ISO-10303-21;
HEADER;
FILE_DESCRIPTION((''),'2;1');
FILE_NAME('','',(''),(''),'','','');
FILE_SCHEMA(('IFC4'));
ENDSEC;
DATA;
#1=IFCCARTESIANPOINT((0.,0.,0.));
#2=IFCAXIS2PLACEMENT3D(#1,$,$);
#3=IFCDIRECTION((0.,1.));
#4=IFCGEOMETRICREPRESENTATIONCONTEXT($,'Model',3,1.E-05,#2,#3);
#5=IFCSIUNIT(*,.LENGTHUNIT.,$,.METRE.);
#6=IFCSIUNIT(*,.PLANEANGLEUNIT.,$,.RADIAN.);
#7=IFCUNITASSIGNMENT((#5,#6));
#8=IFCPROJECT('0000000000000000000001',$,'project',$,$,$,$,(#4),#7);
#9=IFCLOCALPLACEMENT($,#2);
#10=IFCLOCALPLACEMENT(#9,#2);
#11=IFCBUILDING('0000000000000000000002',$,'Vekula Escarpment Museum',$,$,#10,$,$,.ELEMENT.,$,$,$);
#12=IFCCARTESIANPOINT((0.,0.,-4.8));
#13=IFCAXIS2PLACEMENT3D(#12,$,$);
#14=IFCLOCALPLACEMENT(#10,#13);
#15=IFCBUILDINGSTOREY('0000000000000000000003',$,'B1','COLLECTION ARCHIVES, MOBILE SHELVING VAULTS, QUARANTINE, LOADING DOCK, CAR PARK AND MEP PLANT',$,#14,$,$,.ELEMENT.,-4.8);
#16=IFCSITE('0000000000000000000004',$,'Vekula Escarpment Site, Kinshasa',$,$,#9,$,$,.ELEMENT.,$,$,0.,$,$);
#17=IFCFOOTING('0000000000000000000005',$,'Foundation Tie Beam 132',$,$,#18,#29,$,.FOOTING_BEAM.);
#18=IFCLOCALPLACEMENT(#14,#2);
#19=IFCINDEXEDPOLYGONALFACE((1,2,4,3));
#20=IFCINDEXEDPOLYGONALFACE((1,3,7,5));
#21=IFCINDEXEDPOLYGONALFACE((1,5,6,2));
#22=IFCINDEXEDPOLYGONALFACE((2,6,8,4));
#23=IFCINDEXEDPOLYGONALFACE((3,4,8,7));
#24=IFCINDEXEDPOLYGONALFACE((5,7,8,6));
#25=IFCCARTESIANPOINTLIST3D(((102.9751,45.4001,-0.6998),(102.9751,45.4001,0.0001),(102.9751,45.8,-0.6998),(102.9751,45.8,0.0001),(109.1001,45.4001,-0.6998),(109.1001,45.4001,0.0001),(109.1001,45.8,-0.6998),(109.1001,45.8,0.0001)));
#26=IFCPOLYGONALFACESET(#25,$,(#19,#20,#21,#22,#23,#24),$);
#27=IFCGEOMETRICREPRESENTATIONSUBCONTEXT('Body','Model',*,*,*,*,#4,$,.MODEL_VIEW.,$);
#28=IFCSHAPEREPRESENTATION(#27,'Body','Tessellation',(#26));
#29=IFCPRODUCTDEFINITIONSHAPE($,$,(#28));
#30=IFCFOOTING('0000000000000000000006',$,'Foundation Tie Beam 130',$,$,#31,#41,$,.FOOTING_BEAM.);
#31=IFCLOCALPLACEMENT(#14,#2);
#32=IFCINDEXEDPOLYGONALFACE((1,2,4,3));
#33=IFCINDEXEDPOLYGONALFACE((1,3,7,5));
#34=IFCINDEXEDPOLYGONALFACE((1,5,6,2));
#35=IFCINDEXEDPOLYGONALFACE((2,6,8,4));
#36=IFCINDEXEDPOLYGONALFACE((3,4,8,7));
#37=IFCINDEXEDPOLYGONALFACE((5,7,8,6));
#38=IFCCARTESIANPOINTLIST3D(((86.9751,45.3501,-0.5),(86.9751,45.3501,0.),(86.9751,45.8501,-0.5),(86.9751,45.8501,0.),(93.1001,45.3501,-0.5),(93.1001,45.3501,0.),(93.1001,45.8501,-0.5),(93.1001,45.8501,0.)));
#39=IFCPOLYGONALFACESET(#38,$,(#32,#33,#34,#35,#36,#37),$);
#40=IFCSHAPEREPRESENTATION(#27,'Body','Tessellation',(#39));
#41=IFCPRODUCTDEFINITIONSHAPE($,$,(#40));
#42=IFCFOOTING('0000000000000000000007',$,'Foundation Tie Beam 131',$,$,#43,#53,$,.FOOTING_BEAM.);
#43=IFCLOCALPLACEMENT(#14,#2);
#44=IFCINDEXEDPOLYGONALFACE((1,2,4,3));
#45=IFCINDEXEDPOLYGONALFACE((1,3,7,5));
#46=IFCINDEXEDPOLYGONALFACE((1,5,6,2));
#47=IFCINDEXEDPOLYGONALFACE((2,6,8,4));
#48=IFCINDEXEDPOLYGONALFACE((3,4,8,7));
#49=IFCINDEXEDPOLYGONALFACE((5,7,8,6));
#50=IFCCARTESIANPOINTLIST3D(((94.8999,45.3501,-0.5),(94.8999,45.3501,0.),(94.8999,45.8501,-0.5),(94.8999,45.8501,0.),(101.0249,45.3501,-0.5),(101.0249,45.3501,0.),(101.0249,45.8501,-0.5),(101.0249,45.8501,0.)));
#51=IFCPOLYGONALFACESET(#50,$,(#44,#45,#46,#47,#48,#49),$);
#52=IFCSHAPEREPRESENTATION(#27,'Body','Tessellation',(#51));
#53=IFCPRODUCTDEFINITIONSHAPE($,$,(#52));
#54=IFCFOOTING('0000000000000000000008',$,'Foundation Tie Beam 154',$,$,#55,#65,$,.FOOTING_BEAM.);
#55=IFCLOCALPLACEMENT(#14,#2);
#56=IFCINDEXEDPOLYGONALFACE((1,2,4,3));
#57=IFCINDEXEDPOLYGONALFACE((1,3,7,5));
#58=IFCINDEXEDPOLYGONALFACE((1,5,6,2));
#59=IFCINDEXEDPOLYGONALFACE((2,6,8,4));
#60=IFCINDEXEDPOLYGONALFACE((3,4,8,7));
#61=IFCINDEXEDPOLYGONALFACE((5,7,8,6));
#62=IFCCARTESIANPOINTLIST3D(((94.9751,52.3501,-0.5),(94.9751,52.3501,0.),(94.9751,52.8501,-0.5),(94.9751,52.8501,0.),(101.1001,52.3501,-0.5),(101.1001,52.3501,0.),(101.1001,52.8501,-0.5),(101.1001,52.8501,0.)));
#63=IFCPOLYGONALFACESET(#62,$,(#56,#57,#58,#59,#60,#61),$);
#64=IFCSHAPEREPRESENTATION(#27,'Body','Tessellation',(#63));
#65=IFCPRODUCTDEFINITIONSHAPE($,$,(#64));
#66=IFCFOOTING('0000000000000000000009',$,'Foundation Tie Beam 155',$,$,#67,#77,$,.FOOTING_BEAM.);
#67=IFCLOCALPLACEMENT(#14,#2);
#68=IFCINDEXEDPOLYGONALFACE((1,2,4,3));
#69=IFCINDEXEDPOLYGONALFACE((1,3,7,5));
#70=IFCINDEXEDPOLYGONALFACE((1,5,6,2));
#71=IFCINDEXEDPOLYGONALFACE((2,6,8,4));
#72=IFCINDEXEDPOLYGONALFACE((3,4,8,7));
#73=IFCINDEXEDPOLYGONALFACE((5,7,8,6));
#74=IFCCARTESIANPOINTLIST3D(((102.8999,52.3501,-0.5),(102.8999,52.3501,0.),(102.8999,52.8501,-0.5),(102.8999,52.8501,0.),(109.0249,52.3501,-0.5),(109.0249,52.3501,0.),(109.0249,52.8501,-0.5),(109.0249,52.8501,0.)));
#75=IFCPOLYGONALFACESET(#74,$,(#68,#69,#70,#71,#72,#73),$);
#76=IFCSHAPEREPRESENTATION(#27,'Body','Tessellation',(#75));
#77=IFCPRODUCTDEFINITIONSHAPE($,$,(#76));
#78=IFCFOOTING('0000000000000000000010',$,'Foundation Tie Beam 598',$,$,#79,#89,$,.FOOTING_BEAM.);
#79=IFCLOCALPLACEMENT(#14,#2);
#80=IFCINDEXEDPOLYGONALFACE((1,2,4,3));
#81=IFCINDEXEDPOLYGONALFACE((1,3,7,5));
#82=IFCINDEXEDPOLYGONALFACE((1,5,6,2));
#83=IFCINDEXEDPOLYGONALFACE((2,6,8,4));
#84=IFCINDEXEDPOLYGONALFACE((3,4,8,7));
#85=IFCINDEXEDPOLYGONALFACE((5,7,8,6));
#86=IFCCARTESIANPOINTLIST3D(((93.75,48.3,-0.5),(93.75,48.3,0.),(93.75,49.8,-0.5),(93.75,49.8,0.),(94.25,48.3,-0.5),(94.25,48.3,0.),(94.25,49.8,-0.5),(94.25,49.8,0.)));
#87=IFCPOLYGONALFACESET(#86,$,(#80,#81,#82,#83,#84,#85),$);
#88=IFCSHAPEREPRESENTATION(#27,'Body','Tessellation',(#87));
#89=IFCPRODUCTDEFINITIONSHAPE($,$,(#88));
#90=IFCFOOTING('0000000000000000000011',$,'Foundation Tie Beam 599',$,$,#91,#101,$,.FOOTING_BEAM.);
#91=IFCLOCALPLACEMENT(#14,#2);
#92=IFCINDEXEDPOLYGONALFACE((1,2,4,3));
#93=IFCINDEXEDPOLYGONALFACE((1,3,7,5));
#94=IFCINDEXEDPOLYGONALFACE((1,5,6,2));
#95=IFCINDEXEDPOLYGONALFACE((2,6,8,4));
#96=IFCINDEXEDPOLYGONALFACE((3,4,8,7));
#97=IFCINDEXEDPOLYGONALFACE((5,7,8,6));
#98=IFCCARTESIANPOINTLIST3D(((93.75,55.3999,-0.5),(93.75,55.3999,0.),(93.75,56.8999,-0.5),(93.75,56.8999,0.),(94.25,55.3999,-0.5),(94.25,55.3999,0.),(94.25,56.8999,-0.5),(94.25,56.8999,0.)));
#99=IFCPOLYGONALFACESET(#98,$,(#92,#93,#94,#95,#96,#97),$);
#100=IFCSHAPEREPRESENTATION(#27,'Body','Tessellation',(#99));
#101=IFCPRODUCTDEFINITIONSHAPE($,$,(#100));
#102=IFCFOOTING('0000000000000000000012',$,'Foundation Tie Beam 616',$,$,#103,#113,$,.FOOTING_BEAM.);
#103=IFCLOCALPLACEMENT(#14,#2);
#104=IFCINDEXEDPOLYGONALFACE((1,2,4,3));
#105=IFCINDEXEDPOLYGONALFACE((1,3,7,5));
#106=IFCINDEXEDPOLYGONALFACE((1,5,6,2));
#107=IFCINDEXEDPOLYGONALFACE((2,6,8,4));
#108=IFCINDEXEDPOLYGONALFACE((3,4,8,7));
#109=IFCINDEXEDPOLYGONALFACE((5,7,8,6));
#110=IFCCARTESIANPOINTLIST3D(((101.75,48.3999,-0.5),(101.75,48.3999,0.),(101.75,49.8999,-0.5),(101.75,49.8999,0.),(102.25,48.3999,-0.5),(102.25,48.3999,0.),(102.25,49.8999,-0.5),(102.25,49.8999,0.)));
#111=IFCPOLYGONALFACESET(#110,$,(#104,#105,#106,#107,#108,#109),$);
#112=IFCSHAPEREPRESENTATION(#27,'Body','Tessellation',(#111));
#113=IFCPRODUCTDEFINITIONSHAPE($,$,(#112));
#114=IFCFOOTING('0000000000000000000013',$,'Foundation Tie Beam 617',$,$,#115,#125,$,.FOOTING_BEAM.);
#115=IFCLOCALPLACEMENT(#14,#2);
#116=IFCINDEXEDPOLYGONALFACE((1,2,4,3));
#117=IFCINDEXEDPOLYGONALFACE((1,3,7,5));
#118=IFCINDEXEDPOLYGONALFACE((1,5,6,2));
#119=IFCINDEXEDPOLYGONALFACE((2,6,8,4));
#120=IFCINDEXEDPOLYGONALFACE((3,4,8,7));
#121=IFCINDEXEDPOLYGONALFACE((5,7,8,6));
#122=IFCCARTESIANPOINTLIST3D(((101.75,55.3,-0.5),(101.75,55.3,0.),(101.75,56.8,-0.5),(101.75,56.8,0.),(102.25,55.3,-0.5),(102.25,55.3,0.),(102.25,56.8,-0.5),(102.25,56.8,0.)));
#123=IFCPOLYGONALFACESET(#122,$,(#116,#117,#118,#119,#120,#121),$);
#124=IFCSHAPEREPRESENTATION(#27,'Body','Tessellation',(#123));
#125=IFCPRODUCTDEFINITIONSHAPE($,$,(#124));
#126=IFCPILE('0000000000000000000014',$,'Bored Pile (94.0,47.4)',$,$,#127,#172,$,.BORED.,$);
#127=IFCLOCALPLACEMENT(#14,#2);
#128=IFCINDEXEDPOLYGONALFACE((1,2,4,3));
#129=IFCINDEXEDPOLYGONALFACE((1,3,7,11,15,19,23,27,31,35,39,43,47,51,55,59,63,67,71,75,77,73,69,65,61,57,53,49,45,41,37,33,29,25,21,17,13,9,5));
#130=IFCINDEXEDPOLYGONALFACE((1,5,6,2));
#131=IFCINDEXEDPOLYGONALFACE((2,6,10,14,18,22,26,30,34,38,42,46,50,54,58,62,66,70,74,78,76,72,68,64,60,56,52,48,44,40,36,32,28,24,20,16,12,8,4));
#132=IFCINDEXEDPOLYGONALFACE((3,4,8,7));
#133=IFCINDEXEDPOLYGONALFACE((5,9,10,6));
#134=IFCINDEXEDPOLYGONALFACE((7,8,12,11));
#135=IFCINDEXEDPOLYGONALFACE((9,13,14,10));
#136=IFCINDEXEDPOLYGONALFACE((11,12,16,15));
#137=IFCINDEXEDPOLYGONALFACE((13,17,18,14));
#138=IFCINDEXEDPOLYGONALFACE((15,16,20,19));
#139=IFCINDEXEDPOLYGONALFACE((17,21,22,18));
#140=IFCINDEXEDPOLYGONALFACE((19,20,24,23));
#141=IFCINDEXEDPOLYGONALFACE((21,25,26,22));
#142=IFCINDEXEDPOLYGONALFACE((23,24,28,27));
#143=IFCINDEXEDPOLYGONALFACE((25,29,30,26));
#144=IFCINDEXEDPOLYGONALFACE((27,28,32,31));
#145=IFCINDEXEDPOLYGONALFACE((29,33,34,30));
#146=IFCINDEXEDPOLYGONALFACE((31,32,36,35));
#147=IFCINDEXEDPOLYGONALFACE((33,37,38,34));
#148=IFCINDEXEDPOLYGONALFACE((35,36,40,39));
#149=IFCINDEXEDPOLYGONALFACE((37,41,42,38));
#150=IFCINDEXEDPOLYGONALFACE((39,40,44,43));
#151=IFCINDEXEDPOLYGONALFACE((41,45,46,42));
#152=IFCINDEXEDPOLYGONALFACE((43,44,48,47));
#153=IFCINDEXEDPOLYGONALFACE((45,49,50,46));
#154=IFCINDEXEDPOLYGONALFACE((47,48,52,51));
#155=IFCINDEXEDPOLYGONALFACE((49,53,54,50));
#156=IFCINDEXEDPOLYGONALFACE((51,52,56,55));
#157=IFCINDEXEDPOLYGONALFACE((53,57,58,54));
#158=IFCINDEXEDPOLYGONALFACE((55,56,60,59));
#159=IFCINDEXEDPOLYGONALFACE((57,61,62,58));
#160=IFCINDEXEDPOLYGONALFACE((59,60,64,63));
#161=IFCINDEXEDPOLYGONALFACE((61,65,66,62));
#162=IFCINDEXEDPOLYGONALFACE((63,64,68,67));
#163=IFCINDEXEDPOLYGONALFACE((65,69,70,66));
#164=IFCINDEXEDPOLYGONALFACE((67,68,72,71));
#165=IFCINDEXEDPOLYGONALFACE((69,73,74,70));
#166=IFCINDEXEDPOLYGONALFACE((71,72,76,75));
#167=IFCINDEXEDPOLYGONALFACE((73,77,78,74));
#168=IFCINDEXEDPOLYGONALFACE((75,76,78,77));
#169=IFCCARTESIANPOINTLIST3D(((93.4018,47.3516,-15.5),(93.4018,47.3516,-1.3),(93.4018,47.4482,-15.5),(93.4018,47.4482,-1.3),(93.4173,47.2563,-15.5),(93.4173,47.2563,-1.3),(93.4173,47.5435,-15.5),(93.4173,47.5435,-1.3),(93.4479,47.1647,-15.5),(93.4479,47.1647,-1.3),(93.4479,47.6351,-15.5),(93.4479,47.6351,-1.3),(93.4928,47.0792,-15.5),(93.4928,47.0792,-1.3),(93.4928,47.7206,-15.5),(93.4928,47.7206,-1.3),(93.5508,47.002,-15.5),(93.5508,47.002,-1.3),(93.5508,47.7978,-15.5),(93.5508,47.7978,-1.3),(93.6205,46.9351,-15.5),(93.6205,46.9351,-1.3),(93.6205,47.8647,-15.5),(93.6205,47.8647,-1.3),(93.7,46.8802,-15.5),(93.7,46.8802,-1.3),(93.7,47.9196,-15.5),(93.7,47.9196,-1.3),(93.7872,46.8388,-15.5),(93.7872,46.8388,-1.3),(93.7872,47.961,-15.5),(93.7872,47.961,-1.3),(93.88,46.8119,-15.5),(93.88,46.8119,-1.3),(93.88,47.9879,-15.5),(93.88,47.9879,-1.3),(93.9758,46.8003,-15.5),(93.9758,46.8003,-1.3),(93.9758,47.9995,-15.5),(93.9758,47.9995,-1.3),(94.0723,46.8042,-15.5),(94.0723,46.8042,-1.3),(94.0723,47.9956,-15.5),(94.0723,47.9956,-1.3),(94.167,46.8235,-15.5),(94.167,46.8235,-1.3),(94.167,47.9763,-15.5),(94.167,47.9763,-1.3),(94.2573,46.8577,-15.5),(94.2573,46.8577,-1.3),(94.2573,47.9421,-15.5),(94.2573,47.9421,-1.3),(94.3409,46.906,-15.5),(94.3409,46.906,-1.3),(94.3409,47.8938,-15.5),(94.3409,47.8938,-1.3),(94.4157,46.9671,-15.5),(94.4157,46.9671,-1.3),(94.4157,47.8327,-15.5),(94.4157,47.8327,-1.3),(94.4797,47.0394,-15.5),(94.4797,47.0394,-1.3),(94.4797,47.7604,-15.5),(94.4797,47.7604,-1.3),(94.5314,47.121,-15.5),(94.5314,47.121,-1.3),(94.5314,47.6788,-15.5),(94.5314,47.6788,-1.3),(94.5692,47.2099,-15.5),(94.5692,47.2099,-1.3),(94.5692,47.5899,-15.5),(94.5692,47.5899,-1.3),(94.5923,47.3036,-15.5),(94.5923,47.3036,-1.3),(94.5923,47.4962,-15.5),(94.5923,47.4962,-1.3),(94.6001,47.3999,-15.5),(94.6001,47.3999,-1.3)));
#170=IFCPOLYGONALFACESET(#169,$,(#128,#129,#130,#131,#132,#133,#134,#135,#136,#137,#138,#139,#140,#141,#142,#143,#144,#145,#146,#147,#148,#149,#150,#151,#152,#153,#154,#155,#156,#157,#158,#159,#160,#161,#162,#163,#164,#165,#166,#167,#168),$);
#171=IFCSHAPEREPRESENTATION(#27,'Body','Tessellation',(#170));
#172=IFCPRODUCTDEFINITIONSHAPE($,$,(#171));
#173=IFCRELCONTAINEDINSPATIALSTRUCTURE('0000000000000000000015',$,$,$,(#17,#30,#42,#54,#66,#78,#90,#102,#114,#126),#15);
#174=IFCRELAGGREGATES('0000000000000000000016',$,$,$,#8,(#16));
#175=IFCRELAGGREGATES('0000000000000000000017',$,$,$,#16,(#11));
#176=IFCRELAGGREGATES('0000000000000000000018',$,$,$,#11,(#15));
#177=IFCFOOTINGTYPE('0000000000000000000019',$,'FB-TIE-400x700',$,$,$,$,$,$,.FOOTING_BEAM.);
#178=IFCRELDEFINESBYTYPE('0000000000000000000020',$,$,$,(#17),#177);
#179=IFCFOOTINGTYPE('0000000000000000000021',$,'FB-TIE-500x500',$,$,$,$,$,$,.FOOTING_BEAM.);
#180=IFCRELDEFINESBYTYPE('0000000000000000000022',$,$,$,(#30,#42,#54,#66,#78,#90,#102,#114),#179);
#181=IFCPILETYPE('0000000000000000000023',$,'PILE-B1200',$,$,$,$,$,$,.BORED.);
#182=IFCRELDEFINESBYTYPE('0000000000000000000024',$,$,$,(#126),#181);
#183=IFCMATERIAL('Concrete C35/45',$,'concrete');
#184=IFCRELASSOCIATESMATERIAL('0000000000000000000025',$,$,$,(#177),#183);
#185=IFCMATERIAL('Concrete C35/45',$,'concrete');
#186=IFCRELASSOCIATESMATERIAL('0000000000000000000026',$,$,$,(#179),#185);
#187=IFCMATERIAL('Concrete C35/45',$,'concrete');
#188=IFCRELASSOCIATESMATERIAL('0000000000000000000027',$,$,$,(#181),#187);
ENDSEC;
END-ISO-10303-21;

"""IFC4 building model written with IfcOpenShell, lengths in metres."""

from ifc_helpers import new_model, si_unit, direction, frame, origin, origin_2d, place, context, subcontext, project, spatial, rectangle, circle, extrude, material, material_profile, profile_set, type_object, element, save


model = new_model("IFC4")

# Units and contexts
model_context = context("Model", 3, precision=1e-05, world=origin(), true_north=direction((0.0, 1.0)))
body_context = subcontext(model_context, "Body", "Model", "MODEL_VIEW")
ifc_project = project(units=[si_unit("LENGTHUNIT", "METRE"), si_unit("PLANEANGLEUNIT", "RADIAN")], contexts=[model_context])

# Site, building, storey
site_placement = place(None, origin())
site = spatial("IfcSite", under=ifc_project, at=site_placement, Name="Vekula Escarpment Site, Kinshasa", CompositionType="ELEMENT", RefElevation=0.0)
building_placement = place(site_placement, origin())
building = spatial("IfcBuilding", under=site, at=building_placement, Name="Vekula Escarpment Museum", CompositionType="ELEMENT")
storey_placement = place(building_placement, frame((0.0, 0.0, -4.8)))
storey = spatial("IfcBuildingStorey", under=building, at=storey_placement, Name="B1", Description="COLLECTION ARCHIVES, MOBILE SHELVING VAULTS, QUARANTINE, LOADING DOCK, CAR PARK AND MEP PLANT", CompositionType="ELEMENT", Elevation=-4.8)

# Footings
ifc_material_1 = material(Name="Concrete C35/45", Category="concrete")
ifc_material_profile_1 = material_profile(ifc_material_1, rectangle(XDim=0.3999, YDim=0.7, at=origin_2d()), Name="RC 400x700")
ifc_profile_set_1 = profile_set([ifc_material_profile_1], Name="Concrete C35/45")
footing_type_1 = type_object("IfcFootingType", Name="FB-TIE-400x700", PredefinedType="FOOTING_BEAM", material=ifc_profile_set_1)
footing_placement = place(storey_placement, frame((102.9751, 45.6001, -0.3499), z_axis=(1.0, 0.0, 0.0), x_axis=(0.0, 1.0, 0.0)))
element("IfcFooting", 1, at=footing_placement, inside=storey, type_object=footing_type_1, Name="Foundation Tie Beam 132", PredefinedType="FOOTING_BEAM", context=body_context, shape_type="SweptSolid", body=[
    extrude(rectangle(XDim=0.3999, YDim=0.7, at=origin_2d()), origin(), (0.0, 0.0, 1.0), 6.125),
])
ifc_material_2 = material(Name="Concrete C35/45", Category="concrete")
ifc_material_profile_2 = material_profile(ifc_material_2, rectangle(XDim=0.5, YDim=0.5, at=origin_2d()), Name="RC 500x500")
ifc_profile_set_2 = profile_set([ifc_material_profile_2], Name="Concrete C35/45")
footing_type_2 = type_object("IfcFootingType", Name="FB-TIE-500x500", PredefinedType="FOOTING_BEAM", material=ifc_profile_set_2)
for number, where, z_axis, x_axis, name in (
    (2, (86.9751, 45.6001, -0.25), (1.0, 0.0, 0.0), (0.0, 1.0, 0.0), "Foundation Tie Beam 130"),
    (3, (94.8999, 45.6001, -0.25), (1.0, 0.0, 0.0), (0.0, 1.0, 0.0), "Foundation Tie Beam 131"),
    (4, (94.9751, 52.6001, -0.25), (1.0, 0.0, 0.0), (0.0, 1.0, 0.0), "Foundation Tie Beam 154"),
    (5, (102.8999, 52.6001, -0.25), (1.0, 0.0, 0.0), (0.0, 1.0, 0.0), "Foundation Tie Beam 155"),
):
    element("IfcFooting", number, at=place(storey_placement, frame(where, z_axis=z_axis, x_axis=x_axis)), inside=storey, type_object=footing_type_2, Name=name, PredefinedType="FOOTING_BEAM", context=body_context, shape_type="SweptSolid", body=[
        extrude(rectangle(XDim=0.5, YDim=0.5, at=origin_2d()), origin(), (0.0, 0.0, 1.0), 6.125),
    ])
for number, where, z_axis, x_axis, name in (
    (6, (94.0, 48.3, -0.25), (0.0, 1.0, 0.0), (-1.0, 0.0, 0.0), "Foundation Tie Beam 598"),
    (7, (94.0, 55.3999, -0.25), (0.0, 1.0, 0.0), (-1.0, 0.0, 0.0), "Foundation Tie Beam 599"),
    (8, (102.0, 48.3999, -0.25), (0.0, 1.0, 0.0), (-1.0, 0.0, 0.0), "Foundation Tie Beam 616"),
    (9, (102.0, 55.3, -0.25), (0.0, 1.0, 0.0), (-1.0, 0.0, 0.0), "Foundation Tie Beam 617"),
):
    element("IfcFooting", number, at=place(storey_placement, frame(where, z_axis=z_axis, x_axis=x_axis)), inside=storey, type_object=footing_type_2, Name=name, PredefinedType="FOOTING_BEAM", context=body_context, shape_type="SweptSolid", body=[
        extrude(rectangle(XDim=0.5, YDim=0.5, at=origin_2d()), origin(), (0.0, 0.0, 1.0), 1.5),
    ])

# Pile
ifc_material_3 = material(Name="Concrete C35/45", Category="concrete")
ifc_material_profile_3 = material_profile(ifc_material_3, circle(Radius=0.6001, at=origin_2d()), Name="BORED PILE 1200")
ifc_profile_set_3 = profile_set([ifc_material_profile_3], Name="Concrete C35/45")
pile_type = type_object("IfcPileType", Name="PILE-B1200", PredefinedType="BORED", material=ifc_profile_set_3)
pile_1_placement = place(storey_placement, frame((94.0, 47.3999, -1.3), z_axis=(0.0, 0.0, -1.0), x_axis=(1.0, 0.0, 0.0)))
element("IfcPile", 10, at=pile_1_placement, inside=storey, type_object=pile_type, Name="Bored Pile (94.0,47.4)", PredefinedType="BORED", context=body_context, shape_type="SweptSolid", body=[
    extrude(circle(Radius=0.6001, at=origin_2d()), origin(), (0.0, 0.0, 1.0), 14.2),
])

save(model, "model.ifc")
